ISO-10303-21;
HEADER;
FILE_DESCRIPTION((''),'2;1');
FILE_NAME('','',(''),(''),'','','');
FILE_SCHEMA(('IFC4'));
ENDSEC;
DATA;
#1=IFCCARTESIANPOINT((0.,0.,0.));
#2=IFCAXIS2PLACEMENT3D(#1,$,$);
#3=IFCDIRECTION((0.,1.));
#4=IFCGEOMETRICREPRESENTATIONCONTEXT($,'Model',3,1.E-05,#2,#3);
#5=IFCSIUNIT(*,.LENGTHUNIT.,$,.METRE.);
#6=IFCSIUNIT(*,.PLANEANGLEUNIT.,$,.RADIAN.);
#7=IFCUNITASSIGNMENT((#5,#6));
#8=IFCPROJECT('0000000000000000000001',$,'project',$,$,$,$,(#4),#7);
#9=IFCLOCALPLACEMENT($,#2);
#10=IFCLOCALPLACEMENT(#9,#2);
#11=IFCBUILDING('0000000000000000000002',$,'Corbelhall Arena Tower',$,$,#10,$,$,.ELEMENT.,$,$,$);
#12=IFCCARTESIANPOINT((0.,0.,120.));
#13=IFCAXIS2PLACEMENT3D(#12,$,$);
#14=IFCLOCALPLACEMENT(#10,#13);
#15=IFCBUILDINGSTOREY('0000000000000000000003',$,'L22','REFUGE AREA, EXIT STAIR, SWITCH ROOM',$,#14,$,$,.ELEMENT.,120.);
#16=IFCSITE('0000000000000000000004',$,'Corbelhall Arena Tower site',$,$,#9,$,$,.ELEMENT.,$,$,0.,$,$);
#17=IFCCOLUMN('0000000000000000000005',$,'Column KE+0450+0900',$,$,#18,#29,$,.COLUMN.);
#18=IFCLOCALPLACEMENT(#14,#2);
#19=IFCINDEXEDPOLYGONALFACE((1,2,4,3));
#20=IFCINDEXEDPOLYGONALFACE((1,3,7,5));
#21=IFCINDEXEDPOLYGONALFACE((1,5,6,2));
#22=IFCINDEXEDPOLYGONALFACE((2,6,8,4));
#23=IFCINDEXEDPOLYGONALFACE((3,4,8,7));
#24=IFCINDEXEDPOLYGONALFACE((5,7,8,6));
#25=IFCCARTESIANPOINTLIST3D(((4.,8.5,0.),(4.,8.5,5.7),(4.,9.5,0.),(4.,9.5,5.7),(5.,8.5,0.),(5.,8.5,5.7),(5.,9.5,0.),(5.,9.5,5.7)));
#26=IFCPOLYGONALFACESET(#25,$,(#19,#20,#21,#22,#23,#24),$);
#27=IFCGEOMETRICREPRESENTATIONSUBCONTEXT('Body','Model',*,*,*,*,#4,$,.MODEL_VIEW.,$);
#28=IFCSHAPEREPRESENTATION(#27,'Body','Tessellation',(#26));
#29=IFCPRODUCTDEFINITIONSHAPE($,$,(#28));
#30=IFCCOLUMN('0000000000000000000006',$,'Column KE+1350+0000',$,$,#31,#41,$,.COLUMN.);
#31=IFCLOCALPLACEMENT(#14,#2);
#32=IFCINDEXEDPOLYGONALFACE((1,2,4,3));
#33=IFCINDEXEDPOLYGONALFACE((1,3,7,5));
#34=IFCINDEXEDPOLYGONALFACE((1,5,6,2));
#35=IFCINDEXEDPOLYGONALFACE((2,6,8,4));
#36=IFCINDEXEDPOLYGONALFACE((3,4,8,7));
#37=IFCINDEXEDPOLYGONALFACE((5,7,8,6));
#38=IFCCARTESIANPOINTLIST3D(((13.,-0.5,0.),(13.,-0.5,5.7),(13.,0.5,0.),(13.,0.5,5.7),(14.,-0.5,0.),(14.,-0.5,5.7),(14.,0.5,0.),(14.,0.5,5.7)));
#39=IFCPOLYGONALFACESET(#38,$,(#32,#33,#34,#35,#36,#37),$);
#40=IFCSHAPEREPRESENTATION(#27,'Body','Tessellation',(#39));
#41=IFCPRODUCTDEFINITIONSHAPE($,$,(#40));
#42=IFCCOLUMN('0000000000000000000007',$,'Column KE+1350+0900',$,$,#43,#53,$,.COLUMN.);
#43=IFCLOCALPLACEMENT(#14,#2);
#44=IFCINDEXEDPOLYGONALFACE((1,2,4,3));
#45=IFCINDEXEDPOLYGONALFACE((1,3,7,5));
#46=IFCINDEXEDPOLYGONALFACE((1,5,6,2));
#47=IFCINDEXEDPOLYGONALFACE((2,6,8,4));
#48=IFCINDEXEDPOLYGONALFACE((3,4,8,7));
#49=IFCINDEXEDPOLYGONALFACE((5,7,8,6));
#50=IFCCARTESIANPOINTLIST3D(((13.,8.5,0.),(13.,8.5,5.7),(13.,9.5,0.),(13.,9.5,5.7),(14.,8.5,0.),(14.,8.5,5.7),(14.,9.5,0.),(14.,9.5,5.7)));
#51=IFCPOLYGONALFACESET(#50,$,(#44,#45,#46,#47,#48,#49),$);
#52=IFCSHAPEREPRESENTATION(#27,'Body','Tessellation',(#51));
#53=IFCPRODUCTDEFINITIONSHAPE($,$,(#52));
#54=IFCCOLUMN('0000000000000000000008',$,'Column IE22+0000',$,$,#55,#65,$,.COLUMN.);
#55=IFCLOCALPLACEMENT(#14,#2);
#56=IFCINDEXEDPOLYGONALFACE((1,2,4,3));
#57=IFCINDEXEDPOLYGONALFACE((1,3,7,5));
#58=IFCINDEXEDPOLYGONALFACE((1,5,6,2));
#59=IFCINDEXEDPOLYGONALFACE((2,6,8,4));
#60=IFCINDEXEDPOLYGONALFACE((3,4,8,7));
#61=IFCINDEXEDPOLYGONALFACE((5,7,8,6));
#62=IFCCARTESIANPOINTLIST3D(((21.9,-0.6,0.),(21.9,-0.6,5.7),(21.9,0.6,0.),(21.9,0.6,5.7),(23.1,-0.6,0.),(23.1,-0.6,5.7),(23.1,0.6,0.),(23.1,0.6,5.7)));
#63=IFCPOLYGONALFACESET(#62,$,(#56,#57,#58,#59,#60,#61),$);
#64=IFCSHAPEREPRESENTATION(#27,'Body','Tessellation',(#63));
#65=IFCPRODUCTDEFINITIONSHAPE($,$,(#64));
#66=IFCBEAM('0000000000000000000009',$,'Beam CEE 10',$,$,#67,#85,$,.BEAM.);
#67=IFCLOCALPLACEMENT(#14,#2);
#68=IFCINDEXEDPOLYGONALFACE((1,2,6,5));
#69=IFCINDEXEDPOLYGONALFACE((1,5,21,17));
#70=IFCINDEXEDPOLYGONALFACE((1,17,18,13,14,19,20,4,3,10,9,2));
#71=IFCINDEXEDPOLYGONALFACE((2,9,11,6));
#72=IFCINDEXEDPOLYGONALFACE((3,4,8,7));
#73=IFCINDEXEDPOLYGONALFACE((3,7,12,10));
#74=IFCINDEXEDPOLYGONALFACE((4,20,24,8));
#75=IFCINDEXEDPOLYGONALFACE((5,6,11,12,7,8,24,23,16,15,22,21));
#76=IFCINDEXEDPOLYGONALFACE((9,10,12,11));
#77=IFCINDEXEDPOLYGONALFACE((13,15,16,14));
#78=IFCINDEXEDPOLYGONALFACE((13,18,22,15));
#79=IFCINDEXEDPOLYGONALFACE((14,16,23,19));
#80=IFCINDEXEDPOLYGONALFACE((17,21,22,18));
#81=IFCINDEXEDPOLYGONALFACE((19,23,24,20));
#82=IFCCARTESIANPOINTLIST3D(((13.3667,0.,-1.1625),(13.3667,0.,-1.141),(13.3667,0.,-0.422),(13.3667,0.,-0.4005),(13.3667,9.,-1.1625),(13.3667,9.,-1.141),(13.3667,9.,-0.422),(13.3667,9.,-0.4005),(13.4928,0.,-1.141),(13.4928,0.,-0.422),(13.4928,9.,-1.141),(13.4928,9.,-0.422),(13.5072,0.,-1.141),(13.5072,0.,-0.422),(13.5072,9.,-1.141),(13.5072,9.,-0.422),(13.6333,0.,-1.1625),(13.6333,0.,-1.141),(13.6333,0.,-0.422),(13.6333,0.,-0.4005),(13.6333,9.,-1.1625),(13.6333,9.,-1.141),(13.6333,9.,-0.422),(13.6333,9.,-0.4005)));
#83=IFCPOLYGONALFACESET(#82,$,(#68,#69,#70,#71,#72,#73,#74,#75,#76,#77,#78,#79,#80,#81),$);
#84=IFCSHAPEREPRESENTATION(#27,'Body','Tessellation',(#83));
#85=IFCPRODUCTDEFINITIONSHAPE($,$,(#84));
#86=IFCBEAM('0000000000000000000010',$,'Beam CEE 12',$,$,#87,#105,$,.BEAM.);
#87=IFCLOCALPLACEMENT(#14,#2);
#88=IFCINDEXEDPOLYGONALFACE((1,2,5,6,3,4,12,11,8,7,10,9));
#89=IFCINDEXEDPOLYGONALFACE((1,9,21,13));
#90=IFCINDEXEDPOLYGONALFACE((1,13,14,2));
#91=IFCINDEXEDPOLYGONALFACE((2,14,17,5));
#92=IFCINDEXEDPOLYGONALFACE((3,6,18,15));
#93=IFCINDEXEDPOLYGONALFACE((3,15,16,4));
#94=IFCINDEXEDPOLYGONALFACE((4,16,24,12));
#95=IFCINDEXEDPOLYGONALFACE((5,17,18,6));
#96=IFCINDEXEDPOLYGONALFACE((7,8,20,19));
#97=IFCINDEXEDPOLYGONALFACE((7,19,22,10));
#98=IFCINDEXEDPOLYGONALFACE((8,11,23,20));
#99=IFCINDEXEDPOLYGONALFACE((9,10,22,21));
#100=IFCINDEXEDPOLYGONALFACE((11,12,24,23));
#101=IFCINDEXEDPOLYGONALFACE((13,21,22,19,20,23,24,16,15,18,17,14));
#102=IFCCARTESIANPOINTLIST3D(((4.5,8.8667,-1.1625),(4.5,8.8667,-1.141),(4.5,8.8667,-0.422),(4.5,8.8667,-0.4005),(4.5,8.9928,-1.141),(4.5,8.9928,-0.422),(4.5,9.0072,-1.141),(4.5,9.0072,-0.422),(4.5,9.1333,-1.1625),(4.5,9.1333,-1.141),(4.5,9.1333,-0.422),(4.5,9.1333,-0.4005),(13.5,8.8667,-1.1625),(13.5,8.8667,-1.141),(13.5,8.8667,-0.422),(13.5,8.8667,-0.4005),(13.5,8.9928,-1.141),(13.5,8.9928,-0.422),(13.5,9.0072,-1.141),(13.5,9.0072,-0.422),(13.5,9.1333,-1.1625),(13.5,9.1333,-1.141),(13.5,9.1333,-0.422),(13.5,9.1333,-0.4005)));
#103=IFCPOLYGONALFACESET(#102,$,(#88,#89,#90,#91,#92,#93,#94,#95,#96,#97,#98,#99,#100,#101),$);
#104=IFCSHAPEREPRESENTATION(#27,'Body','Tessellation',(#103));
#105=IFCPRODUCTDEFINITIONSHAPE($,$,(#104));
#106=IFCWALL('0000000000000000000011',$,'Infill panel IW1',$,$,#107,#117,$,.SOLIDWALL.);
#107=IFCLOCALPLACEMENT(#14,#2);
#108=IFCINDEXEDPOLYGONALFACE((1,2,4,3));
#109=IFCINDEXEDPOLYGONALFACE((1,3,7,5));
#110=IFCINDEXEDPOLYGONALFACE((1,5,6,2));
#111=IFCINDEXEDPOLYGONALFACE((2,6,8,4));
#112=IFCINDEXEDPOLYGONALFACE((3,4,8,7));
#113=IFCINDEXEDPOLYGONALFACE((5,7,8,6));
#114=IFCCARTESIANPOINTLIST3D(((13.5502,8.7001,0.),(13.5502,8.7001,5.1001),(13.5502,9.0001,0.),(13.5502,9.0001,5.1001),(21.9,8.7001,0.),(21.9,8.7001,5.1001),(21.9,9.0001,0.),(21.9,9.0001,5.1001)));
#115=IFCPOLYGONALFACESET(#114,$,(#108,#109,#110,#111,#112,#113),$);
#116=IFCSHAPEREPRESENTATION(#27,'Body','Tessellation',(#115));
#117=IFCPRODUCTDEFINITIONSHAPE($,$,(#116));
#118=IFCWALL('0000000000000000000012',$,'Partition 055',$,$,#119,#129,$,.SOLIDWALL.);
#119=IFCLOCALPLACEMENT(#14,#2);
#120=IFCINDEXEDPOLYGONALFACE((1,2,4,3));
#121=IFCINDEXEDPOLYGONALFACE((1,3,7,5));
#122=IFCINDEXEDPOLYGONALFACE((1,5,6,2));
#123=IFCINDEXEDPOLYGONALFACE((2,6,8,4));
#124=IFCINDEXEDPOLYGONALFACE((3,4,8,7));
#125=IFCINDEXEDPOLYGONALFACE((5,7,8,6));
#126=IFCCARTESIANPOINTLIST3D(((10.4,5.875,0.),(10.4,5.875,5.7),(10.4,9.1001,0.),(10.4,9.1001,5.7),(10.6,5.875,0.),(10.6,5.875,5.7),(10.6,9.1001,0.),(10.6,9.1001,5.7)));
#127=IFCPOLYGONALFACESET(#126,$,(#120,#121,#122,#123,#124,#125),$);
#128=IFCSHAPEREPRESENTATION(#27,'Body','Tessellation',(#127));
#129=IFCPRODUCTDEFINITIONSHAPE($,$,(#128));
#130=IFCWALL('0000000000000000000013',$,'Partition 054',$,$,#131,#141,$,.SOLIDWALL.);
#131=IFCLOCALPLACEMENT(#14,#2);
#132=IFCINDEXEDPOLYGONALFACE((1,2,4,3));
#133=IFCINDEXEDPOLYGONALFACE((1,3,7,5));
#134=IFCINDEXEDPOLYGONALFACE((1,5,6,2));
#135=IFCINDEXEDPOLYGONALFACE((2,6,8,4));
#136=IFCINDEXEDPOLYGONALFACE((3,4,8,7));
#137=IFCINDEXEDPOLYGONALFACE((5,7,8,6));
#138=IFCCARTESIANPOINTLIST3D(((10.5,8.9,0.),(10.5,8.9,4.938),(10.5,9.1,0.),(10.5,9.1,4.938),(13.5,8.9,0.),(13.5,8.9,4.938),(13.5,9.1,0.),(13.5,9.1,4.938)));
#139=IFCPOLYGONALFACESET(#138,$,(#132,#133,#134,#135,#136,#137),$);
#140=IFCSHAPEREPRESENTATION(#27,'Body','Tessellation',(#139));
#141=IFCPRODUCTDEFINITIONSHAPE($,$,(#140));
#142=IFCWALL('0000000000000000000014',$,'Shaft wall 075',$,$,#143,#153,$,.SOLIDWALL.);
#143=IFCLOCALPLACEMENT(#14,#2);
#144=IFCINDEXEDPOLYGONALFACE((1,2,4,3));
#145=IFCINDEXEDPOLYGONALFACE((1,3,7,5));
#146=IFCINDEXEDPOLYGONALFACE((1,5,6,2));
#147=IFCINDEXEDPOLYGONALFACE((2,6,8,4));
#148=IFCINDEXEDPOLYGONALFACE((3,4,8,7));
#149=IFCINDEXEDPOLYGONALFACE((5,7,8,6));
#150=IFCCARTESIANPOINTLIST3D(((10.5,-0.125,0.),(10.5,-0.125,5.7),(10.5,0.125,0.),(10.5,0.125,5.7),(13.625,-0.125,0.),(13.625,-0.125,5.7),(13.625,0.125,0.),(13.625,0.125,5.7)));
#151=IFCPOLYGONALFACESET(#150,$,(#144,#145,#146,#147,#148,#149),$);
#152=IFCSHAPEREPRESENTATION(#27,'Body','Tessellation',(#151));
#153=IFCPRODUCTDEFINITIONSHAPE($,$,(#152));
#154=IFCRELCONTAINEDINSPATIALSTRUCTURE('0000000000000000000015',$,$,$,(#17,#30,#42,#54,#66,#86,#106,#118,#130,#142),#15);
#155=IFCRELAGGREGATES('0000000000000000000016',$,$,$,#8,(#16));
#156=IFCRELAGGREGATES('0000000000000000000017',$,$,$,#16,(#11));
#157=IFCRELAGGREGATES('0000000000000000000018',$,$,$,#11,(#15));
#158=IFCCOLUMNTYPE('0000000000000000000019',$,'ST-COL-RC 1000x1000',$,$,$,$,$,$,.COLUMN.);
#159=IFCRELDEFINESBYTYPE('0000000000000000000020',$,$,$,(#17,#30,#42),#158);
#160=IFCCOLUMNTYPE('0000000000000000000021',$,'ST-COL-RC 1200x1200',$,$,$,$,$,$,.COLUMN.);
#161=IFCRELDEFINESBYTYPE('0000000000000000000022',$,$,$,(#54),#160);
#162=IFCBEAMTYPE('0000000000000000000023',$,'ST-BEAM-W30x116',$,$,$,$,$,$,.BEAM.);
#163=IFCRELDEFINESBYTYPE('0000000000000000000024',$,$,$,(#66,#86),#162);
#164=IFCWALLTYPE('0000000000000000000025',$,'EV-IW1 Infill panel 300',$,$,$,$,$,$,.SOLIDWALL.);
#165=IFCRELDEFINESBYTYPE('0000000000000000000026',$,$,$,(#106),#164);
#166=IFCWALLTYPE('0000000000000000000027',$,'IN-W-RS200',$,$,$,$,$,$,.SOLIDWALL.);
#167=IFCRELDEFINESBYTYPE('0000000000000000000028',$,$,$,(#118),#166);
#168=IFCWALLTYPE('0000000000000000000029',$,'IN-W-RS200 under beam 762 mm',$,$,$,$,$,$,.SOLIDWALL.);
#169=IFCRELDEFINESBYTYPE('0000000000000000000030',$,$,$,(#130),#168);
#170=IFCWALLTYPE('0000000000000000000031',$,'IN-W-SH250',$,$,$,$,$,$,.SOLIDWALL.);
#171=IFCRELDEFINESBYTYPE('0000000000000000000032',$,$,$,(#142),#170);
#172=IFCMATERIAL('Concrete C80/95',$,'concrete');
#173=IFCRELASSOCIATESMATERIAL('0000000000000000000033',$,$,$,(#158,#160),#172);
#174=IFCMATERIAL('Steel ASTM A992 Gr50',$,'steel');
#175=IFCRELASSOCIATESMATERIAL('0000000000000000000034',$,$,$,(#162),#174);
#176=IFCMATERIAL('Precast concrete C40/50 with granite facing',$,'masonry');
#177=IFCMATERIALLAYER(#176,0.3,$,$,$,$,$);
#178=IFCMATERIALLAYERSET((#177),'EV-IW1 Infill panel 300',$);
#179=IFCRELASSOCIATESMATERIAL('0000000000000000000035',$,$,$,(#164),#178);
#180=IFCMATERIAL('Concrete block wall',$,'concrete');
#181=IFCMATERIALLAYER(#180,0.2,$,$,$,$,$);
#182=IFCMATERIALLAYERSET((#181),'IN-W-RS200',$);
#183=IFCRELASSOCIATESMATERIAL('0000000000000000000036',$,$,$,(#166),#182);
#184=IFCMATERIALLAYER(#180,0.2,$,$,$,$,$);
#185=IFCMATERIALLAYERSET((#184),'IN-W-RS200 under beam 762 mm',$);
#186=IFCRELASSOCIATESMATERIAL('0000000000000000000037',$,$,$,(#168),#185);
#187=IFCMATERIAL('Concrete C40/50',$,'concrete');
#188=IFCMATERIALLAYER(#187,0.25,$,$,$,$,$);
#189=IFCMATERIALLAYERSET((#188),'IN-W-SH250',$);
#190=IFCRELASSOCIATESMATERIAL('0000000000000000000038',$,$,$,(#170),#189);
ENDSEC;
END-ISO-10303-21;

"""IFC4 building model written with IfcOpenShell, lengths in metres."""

from ifc_helpers import new_model, si_unit, direction, frame, frame_2d, origin, origin_2d, place, context, subcontext, project, spatial, rectangle, i_section, extrude, material, layer, layer_set, material_profile, profile_set, type_object, element, save


model = new_model("IFC4")

# Units and contexts
model_context = context("Model", 3, precision=1e-05, world=origin(), true_north=direction((0.0, 1.0)))
body_context = subcontext(model_context, "Body", "Model", "MODEL_VIEW")
ifc_project = project(units=[si_unit("LENGTHUNIT", "METRE"), si_unit("PLANEANGLEUNIT", "RADIAN")], contexts=[model_context])

# Site, building, storey
site_placement = place(None, origin())
site = spatial("IfcSite", under=ifc_project, at=site_placement, Name="Corbelhall Arena Tower site", CompositionType="ELEMENT", RefElevation=0.0)
building_placement = place(site_placement, origin())
building = spatial("IfcBuilding", under=site, at=building_placement, Name="Corbelhall Arena Tower", CompositionType="ELEMENT")
storey_placement = place(building_placement, frame((0.0, 0.0, 120.0)))
storey = spatial("IfcBuildingStorey", under=building, at=storey_placement, Name="L22", Description="REFUGE AREA, EXIT STAIR, SWITCH ROOM", CompositionType="ELEMENT", Elevation=120.0)

# Columns
ifc_material_1 = material(Name="Concrete C80/95", Category="concrete")
ifc_material_profile_1 = material_profile(ifc_material_1, rectangle(XDim=1.0, YDim=1.0, at=origin_2d()))
ifc_profile_set_1 = profile_set([ifc_material_profile_1], Name="Concrete C80/95")
column_type_1 = type_object("IfcColumnType", Name="ST-COL-RC 1000x1000", PredefinedType="COLUMN", material=ifc_profile_set_1)
for number, where, z_axis, x_axis, name in (
    (1, (4.5, 9.0, 0.0), (0.0, 0.0, 1.0), (1.0, 0.0, 0.0), "Column KE+0450+0900"),
    (2, (13.5, 0.0, 0.0), (0.0, 0.0, 1.0), (1.0, 0.0, 0.0), "Column KE+1350+0000"),
    (3, (13.5, 9.0, 0.0), (0.0, 0.0, 1.0), (1.0, 0.0, 0.0), "Column KE+1350+0900"),
):
    element("IfcColumn", number, at=place(storey_placement, frame(where, z_axis=z_axis, x_axis=x_axis)), inside=storey, type_object=column_type_1, Name=name, PredefinedType="COLUMN", context=body_context, shape_type="SweptSolid", body=[
        extrude(rectangle(XDim=1.0, YDim=1.0, at=origin_2d()), origin(), (0.0, 0.0, 1.0), 5.7),
    ])
ifc_material_profile_2 = material_profile(ifc_material_1, rectangle(XDim=1.2, YDim=1.2, at=origin_2d()))
ifc_profile_set_2 = profile_set([ifc_material_profile_2], Name="Concrete C80/95")
column_type_2 = type_object("IfcColumnType", Name="ST-COL-RC 1200x1200", PredefinedType="COLUMN", material=ifc_profile_set_2)
column_placement = place(storey_placement, frame((22.5, 0.0, 0.0), z_axis=(0.0, 0.0, 1.0), x_axis=(1.0, 0.0, 0.0)))
element("IfcColumn", 4, at=column_placement, inside=storey, type_object=column_type_2, Name="Column IE22+0000", PredefinedType="COLUMN", context=body_context, shape_type="SweptSolid", body=[
    extrude(rectangle(XDim=1.2, YDim=1.2, at=origin_2d()), origin(), (0.0, 0.0, 1.0), 5.7),
])

# Beams
ifc_material_2 = material(Name="Steel ASTM A992 Gr50", Category="steel")
ifc_material_profile_3 = material_profile(ifc_material_2, i_section(OverallWidth=0.2666, OverallDepth=0.762, WebThickness=0.0144, FlangeThickness=0.0215, at=origin_2d()))
ifc_profile_set_3 = profile_set([ifc_material_profile_3], Name="Steel ASTM A992 Gr50")
beam_type = type_object("IfcBeamType", Name="ST-BEAM-W30x116", PredefinedType="BEAM", material=ifc_profile_set_3)
for number, where, z_axis, x_axis, name in (
    (5, (13.5, 0.0, -0.7815), (0.0, 1.0, 0.0), (-1.0, 0.0, 0.0), "Beam CEE 10"),
    (6, (4.5, 9.0, -0.7815), (1.0, 0.0, 0.0), (0.0, 1.0, 0.0), "Beam CEE 12"),
):
    element("IfcBeam", number, at=place(storey_placement, frame(where, z_axis=z_axis, x_axis=x_axis)), inside=storey, type_object=beam_type, Name=name, PredefinedType="BEAM", context=body_context, shape_type="SweptSolid", body=[
        extrude(i_section(OverallWidth=0.2666, OverallDepth=0.762, WebThickness=0.0144, FlangeThickness=0.0215, at=origin_2d()), origin(), (0.0, 0.0, 1.0), 9.0),
    ])

# Wall
ifc_material_3 = material(Name="Precast concrete C40/50 with granite facing", Category="masonry")
ifc_layer_1 = layer(ifc_material_3, 0.3)
ifc_layer_set_1 = layer_set([ifc_layer_1], Name="EV-IW1 Infill panel 300")
wall_type_1 = type_object("IfcWallType", Name="EV-IW1 Infill panel 300", PredefinedType="SOLIDWALL", material=ifc_layer_set_1)
wall_1_placement = place(storey_placement, frame((21.8999, 8.8501, 0.0), z_axis=(0.0, 0.0, 1.0), x_axis=(-1.0, 0.0, 0.0)))
element("IfcWall", 7, at=wall_1_placement, inside=storey, type_object=wall_type_1, Name="Infill panel IW1", PredefinedType="SOLIDWALL", context=body_context, shape_type="SweptSolid", body=[
    extrude(rectangle(XDim=8.3499, YDim=0.3, at=frame_2d((4.1748, 0.0))), origin(), (0.0, 0.0, 1.0), 5.1001),
])

# Walls
ifc_material_4 = material(Name="Concrete block wall", Category="concrete")
ifc_layer_2 = layer(ifc_material_4, 0.2)
ifc_layer_set_2 = layer_set([ifc_layer_2], Name="IN-W-RS200")
wall_type_2 = type_object("IfcWallType", Name="IN-W-RS200", PredefinedType="SOLIDWALL", material=ifc_layer_set_2)
wall_2_placement = place(storey_placement, frame((10.5, 9.1001, 0.0), z_axis=(0.0, 0.0, 1.0), x_axis=(0.0, -1.0, 0.0)))
element("IfcWall", 8, at=wall_2_placement, inside=storey, type_object=wall_type_2, Name="Partition 055", PredefinedType="SOLIDWALL", context=body_context, shape_type="SweptSolid", body=[
    extrude(rectangle(XDim=3.2251, YDim=0.2, at=frame_2d((1.6125, 0.0))), origin(), (0.0, 0.0, 1.0), 5.7),
])
ifc_layer_3 = layer(ifc_material_4, 0.2)
ifc_layer_set_3 = layer_set([ifc_layer_3], Name="IN-W-RS200 under beam 762 mm")
wall_type_3 = type_object("IfcWallType", Name="IN-W-RS200 under beam 762 mm", PredefinedType="SOLIDWALL", material=ifc_layer_set_3)
wall_3_placement = place(storey_placement, frame((10.5, 9.0, 0.0), z_axis=(0.0, 0.0, 1.0), x_axis=(1.0, 0.0, 0.0)))
element("IfcWall", 9, at=wall_3_placement, inside=storey, type_object=wall_type_3, Name="Partition 054", PredefinedType="SOLIDWALL", context=body_context, shape_type="SweptSolid", body=[
    extrude(rectangle(XDim=3.0, YDim=0.2, at=frame_2d((1.5, 0.0))), origin(), (0.0, 0.0, 1.0), 4.938),
])

# Wall
ifc_material_5 = material(Name="Concrete C40/50", Category="concrete")
ifc_layer_4 = layer(ifc_material_5, 0.25)
ifc_layer_set_4 = layer_set([ifc_layer_4], Name="IN-W-SH250")
wall_type_4 = type_object("IfcWallType", Name="IN-W-SH250", PredefinedType="SOLIDWALL", material=ifc_layer_set_4)
wall_4_placement = place(storey_placement, frame((10.5, 0.0, 0.0), z_axis=(0.0, 0.0, 1.0), x_axis=(1.0, 0.0, 0.0)))
element("IfcWall", 10, at=wall_4_placement, inside=storey, type_object=wall_type_4, Name="Shaft wall 075", PredefinedType="SOLIDWALL", context=body_context, shape_type="SweptSolid", body=[
    extrude(rectangle(XDim=3.125, YDim=0.25, at=frame_2d((1.5625, 0.0))), origin(), (0.0, 0.0, 1.0), 5.7),
])

save(model, "model.ifc")
